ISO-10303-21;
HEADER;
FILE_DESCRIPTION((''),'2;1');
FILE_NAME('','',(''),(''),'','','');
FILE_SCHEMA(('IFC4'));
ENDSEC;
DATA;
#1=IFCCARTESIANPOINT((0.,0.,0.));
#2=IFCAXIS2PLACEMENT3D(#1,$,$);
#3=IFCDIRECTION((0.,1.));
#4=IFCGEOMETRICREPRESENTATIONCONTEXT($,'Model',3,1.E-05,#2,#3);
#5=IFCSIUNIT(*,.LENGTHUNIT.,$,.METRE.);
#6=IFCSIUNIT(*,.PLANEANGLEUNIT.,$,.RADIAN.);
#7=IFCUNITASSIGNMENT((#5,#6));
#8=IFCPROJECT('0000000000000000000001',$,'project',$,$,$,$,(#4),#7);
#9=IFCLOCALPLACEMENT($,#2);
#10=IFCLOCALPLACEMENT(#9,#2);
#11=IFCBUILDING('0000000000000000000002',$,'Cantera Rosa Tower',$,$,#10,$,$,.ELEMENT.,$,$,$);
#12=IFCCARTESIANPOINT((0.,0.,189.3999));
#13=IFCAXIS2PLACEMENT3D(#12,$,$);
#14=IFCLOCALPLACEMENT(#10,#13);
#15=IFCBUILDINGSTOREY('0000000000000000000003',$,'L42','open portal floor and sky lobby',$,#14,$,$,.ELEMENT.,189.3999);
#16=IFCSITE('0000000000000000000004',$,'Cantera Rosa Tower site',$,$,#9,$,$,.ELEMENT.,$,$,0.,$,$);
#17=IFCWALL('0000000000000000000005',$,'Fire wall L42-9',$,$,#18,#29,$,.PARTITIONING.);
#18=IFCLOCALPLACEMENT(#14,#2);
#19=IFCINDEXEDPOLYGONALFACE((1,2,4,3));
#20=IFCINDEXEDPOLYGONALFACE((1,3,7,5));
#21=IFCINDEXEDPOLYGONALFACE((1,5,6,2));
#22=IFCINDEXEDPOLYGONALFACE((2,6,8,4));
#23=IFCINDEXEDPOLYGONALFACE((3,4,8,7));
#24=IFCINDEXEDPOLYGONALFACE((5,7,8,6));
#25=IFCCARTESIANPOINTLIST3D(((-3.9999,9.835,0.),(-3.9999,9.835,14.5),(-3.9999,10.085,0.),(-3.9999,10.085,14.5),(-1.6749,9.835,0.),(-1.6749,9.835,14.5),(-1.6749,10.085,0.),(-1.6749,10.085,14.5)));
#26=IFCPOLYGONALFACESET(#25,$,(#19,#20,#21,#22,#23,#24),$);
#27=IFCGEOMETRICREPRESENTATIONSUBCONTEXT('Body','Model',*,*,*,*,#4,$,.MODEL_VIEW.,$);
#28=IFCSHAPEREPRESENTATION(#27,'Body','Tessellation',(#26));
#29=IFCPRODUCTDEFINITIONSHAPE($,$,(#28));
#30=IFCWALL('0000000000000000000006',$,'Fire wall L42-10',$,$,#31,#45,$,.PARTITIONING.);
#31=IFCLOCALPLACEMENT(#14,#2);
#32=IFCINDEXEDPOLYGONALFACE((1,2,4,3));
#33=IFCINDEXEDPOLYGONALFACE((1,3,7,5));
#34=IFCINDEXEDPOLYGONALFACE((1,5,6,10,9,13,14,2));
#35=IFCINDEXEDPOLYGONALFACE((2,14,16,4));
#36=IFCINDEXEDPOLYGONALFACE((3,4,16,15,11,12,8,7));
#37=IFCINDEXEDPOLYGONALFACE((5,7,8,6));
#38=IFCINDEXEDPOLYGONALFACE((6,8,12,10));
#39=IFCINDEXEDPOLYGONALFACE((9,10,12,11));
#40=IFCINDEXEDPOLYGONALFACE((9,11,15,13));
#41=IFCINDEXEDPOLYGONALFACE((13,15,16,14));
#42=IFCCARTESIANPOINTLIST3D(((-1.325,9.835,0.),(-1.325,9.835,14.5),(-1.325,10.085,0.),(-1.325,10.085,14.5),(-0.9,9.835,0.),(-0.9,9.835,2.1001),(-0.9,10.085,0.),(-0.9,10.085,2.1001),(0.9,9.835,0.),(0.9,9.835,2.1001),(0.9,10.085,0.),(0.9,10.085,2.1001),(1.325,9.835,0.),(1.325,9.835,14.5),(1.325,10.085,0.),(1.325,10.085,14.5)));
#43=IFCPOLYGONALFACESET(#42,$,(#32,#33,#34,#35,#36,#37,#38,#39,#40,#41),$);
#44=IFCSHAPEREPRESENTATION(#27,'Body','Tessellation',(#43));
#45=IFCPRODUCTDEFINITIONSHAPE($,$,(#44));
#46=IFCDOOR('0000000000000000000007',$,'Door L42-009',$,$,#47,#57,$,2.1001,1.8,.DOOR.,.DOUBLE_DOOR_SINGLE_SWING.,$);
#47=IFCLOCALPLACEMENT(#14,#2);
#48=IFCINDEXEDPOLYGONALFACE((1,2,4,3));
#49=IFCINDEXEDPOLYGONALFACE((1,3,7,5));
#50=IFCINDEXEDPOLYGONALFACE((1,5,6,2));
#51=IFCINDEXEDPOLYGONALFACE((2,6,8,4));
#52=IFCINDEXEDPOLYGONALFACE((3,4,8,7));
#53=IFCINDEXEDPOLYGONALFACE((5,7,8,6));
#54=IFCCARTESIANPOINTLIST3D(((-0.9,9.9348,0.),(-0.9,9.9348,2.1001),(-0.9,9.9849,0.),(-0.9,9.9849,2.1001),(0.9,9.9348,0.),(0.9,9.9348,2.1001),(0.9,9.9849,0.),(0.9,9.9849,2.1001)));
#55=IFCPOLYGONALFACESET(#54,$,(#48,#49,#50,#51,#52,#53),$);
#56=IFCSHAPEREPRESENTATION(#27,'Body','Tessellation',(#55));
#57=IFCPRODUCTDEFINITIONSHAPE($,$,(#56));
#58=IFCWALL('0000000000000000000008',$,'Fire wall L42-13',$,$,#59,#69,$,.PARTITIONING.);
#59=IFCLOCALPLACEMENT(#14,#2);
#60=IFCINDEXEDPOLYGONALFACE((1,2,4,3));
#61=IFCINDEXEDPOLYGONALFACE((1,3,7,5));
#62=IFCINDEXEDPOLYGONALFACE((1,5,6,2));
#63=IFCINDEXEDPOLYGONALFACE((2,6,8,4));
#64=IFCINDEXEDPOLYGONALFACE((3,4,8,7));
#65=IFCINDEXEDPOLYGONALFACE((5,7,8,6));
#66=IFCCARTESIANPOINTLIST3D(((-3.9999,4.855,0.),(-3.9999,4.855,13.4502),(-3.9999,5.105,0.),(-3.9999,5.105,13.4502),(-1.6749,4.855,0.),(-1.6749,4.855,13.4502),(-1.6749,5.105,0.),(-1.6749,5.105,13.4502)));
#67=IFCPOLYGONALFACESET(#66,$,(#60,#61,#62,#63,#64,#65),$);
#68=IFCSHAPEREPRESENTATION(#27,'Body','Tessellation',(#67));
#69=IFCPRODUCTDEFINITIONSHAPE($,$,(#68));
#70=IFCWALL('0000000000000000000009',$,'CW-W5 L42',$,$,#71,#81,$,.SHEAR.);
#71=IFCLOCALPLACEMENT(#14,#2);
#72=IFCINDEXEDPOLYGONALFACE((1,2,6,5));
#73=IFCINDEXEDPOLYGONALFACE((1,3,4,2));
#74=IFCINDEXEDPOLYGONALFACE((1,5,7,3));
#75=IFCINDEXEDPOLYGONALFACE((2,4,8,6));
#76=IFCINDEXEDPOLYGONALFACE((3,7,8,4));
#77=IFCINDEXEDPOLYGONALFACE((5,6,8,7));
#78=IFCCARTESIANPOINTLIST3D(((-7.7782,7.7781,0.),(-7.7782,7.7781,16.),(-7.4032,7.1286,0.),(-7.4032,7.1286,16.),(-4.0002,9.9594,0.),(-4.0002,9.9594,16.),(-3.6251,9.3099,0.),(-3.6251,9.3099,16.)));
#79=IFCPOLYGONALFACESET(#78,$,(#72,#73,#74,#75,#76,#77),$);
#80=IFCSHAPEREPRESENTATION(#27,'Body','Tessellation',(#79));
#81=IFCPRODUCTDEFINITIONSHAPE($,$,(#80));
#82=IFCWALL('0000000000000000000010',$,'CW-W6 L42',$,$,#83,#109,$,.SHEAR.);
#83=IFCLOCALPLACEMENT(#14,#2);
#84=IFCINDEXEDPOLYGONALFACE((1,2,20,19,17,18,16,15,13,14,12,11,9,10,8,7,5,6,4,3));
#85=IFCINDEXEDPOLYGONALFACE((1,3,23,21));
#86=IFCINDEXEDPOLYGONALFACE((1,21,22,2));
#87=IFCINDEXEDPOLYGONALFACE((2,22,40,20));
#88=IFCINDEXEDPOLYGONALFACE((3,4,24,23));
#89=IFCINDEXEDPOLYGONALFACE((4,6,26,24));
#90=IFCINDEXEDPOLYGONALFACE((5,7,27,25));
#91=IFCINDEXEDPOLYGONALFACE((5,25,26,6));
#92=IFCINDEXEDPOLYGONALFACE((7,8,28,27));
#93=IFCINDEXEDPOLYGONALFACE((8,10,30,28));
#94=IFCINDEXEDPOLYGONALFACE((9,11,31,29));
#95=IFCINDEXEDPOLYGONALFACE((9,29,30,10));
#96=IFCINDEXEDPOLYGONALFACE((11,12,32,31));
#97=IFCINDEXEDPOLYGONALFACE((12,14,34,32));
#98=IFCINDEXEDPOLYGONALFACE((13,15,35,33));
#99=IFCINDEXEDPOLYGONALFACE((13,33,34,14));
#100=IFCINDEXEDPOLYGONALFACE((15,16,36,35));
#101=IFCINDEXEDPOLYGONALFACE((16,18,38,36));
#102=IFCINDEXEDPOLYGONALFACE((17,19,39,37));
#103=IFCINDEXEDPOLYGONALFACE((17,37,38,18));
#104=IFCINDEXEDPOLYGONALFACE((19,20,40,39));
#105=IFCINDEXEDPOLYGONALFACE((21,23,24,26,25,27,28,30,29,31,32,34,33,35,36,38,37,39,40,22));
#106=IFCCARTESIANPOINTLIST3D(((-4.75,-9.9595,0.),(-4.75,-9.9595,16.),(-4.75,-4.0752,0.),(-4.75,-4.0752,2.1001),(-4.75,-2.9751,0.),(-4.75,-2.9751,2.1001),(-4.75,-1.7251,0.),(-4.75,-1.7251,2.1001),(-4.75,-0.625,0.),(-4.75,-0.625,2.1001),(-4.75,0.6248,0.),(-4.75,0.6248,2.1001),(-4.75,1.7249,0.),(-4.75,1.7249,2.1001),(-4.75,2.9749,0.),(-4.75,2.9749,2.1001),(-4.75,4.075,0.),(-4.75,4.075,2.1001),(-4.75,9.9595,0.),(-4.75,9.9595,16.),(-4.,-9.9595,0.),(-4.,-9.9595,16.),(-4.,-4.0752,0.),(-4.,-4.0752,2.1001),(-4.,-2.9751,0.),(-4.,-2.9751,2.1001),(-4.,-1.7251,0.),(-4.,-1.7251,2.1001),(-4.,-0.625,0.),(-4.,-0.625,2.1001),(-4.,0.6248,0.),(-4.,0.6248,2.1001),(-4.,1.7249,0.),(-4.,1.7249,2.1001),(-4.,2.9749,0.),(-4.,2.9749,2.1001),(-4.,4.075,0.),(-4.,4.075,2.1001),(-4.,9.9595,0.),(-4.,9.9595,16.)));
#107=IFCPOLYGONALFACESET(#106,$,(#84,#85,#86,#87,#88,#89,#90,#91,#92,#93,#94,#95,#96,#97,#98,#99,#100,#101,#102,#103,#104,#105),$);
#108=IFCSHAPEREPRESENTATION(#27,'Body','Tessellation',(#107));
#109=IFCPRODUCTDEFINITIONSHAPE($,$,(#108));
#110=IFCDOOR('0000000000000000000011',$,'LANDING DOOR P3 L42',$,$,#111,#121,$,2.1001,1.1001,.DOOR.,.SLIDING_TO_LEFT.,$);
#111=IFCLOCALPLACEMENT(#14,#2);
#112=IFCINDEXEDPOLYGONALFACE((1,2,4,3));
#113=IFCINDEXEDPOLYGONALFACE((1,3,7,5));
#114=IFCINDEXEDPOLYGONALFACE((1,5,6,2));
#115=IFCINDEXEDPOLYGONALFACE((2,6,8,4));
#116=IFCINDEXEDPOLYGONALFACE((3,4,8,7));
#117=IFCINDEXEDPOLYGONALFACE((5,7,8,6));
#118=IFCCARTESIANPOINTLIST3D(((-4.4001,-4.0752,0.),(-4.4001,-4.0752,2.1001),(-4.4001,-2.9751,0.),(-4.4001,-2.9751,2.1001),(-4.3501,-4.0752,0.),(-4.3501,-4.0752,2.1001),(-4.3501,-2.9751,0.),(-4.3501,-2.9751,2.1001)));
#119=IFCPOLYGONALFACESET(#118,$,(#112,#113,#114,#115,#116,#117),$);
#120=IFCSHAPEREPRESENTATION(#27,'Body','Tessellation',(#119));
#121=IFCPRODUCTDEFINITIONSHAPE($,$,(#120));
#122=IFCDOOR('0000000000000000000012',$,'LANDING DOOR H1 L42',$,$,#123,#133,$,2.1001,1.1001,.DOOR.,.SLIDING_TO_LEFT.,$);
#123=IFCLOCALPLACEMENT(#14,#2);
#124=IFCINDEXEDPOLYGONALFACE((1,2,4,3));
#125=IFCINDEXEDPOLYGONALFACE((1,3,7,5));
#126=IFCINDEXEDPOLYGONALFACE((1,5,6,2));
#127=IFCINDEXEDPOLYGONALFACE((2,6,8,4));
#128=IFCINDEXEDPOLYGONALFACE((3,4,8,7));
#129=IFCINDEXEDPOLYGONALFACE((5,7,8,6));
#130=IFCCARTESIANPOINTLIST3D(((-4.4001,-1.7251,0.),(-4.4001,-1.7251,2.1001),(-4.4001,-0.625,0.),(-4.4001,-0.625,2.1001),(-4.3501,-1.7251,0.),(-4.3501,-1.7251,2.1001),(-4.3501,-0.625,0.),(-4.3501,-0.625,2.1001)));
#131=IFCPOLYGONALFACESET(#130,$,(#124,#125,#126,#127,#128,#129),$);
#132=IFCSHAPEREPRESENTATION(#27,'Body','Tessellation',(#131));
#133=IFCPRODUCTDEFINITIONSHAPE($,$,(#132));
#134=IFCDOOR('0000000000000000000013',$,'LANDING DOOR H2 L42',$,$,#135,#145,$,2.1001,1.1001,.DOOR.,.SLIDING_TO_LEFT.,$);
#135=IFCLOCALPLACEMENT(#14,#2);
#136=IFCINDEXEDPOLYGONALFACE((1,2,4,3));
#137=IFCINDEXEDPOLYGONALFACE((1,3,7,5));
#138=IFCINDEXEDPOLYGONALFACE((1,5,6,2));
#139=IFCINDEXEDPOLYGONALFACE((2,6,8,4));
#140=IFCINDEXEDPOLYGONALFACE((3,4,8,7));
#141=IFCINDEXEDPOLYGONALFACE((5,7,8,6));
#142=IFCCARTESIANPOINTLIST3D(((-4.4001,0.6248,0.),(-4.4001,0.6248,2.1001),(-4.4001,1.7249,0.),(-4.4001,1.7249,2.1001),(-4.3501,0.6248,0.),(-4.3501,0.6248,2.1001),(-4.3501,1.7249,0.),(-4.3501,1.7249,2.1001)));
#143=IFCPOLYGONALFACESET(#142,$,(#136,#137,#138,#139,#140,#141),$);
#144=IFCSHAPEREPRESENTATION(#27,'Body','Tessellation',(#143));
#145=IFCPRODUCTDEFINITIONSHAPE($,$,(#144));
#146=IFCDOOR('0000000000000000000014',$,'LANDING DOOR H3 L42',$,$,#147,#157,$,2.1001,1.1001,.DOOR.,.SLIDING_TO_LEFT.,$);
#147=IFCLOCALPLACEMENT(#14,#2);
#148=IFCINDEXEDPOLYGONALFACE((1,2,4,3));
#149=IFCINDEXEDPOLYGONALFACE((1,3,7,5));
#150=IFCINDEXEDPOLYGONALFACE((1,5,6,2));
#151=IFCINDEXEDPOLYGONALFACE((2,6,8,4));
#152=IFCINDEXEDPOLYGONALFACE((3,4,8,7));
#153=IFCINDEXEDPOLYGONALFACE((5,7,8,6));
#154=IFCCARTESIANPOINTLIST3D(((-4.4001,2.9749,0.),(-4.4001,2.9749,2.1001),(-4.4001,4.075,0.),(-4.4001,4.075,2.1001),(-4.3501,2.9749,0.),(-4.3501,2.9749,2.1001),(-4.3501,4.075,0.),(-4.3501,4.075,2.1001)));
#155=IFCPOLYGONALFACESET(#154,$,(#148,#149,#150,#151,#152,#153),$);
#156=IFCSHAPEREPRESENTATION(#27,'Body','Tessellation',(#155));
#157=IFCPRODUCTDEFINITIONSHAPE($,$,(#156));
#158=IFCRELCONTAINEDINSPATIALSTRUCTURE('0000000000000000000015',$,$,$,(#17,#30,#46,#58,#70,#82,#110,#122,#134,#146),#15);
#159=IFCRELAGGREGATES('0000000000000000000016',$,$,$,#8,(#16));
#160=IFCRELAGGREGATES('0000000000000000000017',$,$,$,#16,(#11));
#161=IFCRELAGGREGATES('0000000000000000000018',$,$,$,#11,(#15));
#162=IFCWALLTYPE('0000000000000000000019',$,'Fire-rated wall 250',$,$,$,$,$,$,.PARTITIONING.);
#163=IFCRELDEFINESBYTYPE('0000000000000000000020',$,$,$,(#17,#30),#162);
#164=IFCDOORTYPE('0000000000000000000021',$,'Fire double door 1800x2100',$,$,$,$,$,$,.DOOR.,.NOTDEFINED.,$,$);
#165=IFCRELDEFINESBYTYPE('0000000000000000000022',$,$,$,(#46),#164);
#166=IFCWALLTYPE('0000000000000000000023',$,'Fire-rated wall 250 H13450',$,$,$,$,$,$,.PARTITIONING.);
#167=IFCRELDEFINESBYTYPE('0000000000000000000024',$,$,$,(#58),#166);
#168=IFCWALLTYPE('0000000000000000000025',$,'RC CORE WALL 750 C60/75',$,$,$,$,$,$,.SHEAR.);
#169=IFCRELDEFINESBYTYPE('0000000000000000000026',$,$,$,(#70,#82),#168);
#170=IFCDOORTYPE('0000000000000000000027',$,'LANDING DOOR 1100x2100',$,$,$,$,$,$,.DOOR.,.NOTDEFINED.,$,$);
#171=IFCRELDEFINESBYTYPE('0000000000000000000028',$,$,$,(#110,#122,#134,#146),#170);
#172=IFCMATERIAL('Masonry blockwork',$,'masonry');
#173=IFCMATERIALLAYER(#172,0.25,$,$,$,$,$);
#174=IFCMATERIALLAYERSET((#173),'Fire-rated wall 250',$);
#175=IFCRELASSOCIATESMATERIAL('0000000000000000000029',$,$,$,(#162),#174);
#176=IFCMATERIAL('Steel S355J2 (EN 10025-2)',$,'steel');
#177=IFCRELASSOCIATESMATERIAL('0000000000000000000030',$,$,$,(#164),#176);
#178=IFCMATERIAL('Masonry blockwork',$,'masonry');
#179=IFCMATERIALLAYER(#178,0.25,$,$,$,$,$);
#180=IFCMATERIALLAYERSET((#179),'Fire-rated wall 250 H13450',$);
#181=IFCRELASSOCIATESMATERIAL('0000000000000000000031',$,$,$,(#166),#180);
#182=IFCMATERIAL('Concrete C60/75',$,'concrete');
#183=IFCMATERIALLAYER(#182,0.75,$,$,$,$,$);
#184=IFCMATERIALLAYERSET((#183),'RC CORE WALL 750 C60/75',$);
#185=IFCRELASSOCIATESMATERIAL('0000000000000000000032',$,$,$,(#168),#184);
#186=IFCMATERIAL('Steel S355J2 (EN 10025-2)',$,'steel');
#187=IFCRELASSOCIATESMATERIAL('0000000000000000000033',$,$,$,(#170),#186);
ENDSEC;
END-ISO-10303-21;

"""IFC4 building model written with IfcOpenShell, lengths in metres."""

from ifc_helpers import new_model, si_unit, direction, frame, frame_2d, origin, place, context, subcontext, project, spatial, rectangle, extrude, material, layer, layer_set, type_object, element, fill, save


model = new_model("IFC4")

# Units and contexts
model_context = context("Model", 3, precision=1e-05, world=origin(), true_north=direction((0.0, 1.0)))
body_context = subcontext(model_context, "Body", "Model", "MODEL_VIEW")
ifc_project = project(units=[si_unit("LENGTHUNIT", "METRE"), si_unit("PLANEANGLEUNIT", "RADIAN")], contexts=[model_context])

# Site, building, storey
site_placement = place(None, origin())
site = spatial("IfcSite", under=ifc_project, at=site_placement, Name="Cantera Rosa Tower site", CompositionType="ELEMENT", RefElevation=0.0)
building_placement = place(site_placement, origin())
building = spatial("IfcBuilding", under=site, at=building_placement, Name="Cantera Rosa Tower", CompositionType="ELEMENT")
storey_placement = place(building_placement, frame((0.0, 0.0, 189.3999)))
storey = spatial("IfcBuildingStorey", under=building, at=storey_placement, Name="L42", Description="open portal floor and sky lobby", CompositionType="ELEMENT", Elevation=189.3999)

# Shared definitions
ifc_material_1 = material(Name="Masonry blockwork", Category="masonry")
ifc_layer_1 = layer(ifc_material_1, 0.25)
ifc_layer_set_1 = layer_set([ifc_layer_1], Name="Fire-rated wall 250")
wall_type_1 = type_object("IfcWallType", Name="Fire-rated wall 250", PredefinedType="PARTITIONING", material=ifc_layer_set_1)

# Wall
wall_1_placement = place(storey_placement, frame((-4.0, 9.96, 0.0), z_axis=(0.0, 0.0, 1.0), x_axis=(1.0, 0.0, 0.0)))
element("IfcWall", 1, at=wall_1_placement, inside=storey, type_object=wall_type_1, Name="Fire wall L42-9", PredefinedType="PARTITIONING", context=body_context, shape_type="SweptSolid", body=[
    extrude(rectangle(XDim=2.325, YDim=0.25, at=frame_2d((1.1626, 0.0))), origin(), (0.0, 0.0, 1.0), 14.5),
])

# Wall, opening, door
wall_2_placement = place(storey_placement, frame((-1.325, 9.96, 0.0), z_axis=(0.0, 0.0, 1.0), x_axis=(1.0, 0.0, 0.0)))
wall_2 = element("IfcWall", 2, at=wall_2_placement, inside=storey, type_object=wall_type_1, Name="Fire wall L42-10", PredefinedType="PARTITIONING", context=body_context, shape_type="SweptSolid", body=[
    extrude(rectangle(XDim=2.6499, YDim=0.25, at=frame_2d((1.325, 0.0))), origin(), (0.0, 0.0, 1.0), 14.5),
])
opening_1_placement = place(wall_2_placement, frame((0.425, 0.0, 0.0)))
opening_1 = element("IfcOpeningElement", 3, at=opening_1_placement, cuts=wall_2, PredefinedType="OPENING", context=body_context, shape_type="SweptSolid", body=[
    extrude(rectangle(XDim=1.8, YDim=2.1001, at=frame_2d((0.8999, 1.05))), frame((0.0, 0.135, 0.0), z_axis=(0.0, -1.0, 0.0), x_axis=(1.0, 0.0, 0.0)), (0.0, 0.0, 1.0), 0.27),
])
ifc_material_2 = material(Name="Steel S355J2 (EN 10025-2)", Category="steel")
door_type_1 = type_object("IfcDoorType", Name="Fire double door 1800x2100", OperationType="NOTDEFINED", PredefinedType="DOOR", material=ifc_material_2)
door_1_placement = place(opening_1_placement, origin())
door_1 = element("IfcDoor", 4, at=door_1_placement, inside=storey, type_object=door_type_1, Name="Door L42-009", OperationType="DOUBLE_DOOR_SINGLE_SWING", OverallHeight=2.1001, OverallWidth=1.8, PredefinedType="DOOR", context=body_context, shape_type="SweptSolid", body=[
    extrude(rectangle(XDim=1.8, YDim=2.1001, at=frame_2d((0.8999, 1.05))), frame((0.0, 0.0249, 0.0), z_axis=(0.0, -1.0, 0.0), x_axis=(1.0, 0.0, 0.0)), (0.0, 0.0, 1.0), 0.05),
])
fill(opening_1, door_1)

# Walls
ifc_material_3 = material(Name="Masonry blockwork", Category="masonry")
ifc_layer_2 = layer(ifc_material_3, 0.25)
ifc_layer_set_2 = layer_set([ifc_layer_2], Name="Fire-rated wall 250 H13450")
wall_type_2 = type_object("IfcWallType", Name="Fire-rated wall 250 H13450", PredefinedType="PARTITIONING", material=ifc_layer_set_2)
wall_3_placement = place(storey_placement, frame((-4.0, 4.98, 0.0), z_axis=(0.0, 0.0, 1.0), x_axis=(1.0, 0.0, 0.0)))
element("IfcWall", 5, at=wall_3_placement, inside=storey, type_object=wall_type_2, Name="Fire wall L42-13", PredefinedType="PARTITIONING", context=body_context, shape_type="SweptSolid", body=[
    extrude(rectangle(XDim=2.325, YDim=0.25, at=frame_2d((1.1626, 0.0))), origin(), (0.0, 0.0, 1.0), 13.4502),
])
ifc_material_4 = material(Name="Concrete C60/75", Category="concrete")
ifc_layer_3 = layer(ifc_material_4, 0.75)
ifc_layer_set_3 = layer_set([ifc_layer_3], Name="RC CORE WALL 750 C60/75")
wall_type_3 = type_object("IfcWallType", Name="RC CORE WALL 750 C60/75", PredefinedType="SHEAR", material=ifc_layer_set_3)
wall_4_placement = place(storey_placement, frame((-7.5906, 7.4534, 0.0), z_axis=(0.0, 0.0, 1.0), x_axis=(0.866013, 0.500021, 0.0)))
element("IfcWall", 6, at=wall_4_placement, inside=storey, type_object=wall_type_3, Name="CW-W5 L42", PredefinedType="SHEAR", context=body_context, shape_type="SweptSolid", body=[
    extrude(rectangle(XDim=4.3625, YDim=0.75, at=frame_2d((2.1812, 0.0))), origin(), (0.0, 0.0, 1.0), 16.0),
])

# Wall, openings, doors
wall_5_placement = place(storey_placement, frame((-4.375, 9.9595, 0.0), z_axis=(0.0, 0.0, 1.0), x_axis=(0.0, -1.0, 0.0)))
wall_5 = element("IfcWall", 7, at=wall_5_placement, inside=storey, type_object=wall_type_3, Name="CW-W6 L42", PredefinedType="SHEAR", context=body_context, shape_type="SweptSolid", body=[
    extrude(rectangle(XDim=19.9189, YDim=0.75, at=frame_2d((9.9595, 0.0))), origin(), (0.0, 0.0, 1.0), 16.0),
])
opening_2_placement = place(wall_5_placement, frame((12.9346, 0.0, 0.0)))
opening_2 = element("IfcOpeningElement", 8, at=opening_2_placement, cuts=wall_5, PredefinedType="OPENING", context=body_context, shape_type="SweptSolid", body=[
    extrude(rectangle(XDim=1.1001, YDim=2.1001, at=frame_2d((0.55, 1.05))), frame((0.0, 0.385, 0.0), z_axis=(0.0, -1.0, 0.0), x_axis=(1.0, 0.0, 0.0)), (0.0, 0.0, 1.0), 0.77),
])
opening_3_placement = place(wall_5_placement, frame((10.5845, 0.0, 0.0)))
opening_3 = element("IfcOpeningElement", 9, at=opening_3_placement, cuts=wall_5, PredefinedType="OPENING", context=body_context, shape_type="SweptSolid", body=[
    extrude(rectangle(XDim=1.1001, YDim=2.1001, at=frame_2d((0.55, 1.05))), frame((0.0, 0.385, 0.0), z_axis=(0.0, -1.0, 0.0), x_axis=(1.0, 0.0, 0.0)), (0.0, 0.0, 1.0), 0.77),
])
opening_4_placement = place(wall_5_placement, frame((8.2346, 0.0, 0.0)))
opening_4 = element("IfcOpeningElement", 10, at=opening_4_placement, cuts=wall_5, PredefinedType="OPENING", context=body_context, shape_type="SweptSolid", body=[
    extrude(rectangle(XDim=1.1001, YDim=2.1001, at=frame_2d((0.55, 1.05))), frame((0.0, 0.385, 0.0), z_axis=(0.0, -1.0, 0.0), x_axis=(1.0, 0.0, 0.0)), (0.0, 0.0, 1.0), 0.77),
])
opening_5_placement = place(wall_5_placement, frame((5.8845, 0.0, 0.0)))
opening_5 = element("IfcOpeningElement", 11, at=opening_5_placement, cuts=wall_5, PredefinedType="OPENING", context=body_context, shape_type="SweptSolid", body=[
    extrude(rectangle(XDim=1.1001, YDim=2.1001, at=frame_2d((0.55, 1.05))), frame((0.0, 0.385, 0.0), z_axis=(0.0, -1.0, 0.0), x_axis=(1.0, 0.0, 0.0)), (0.0, 0.0, 1.0), 0.77),
])
ifc_material_5 = material(Name="Steel S355J2 (EN 10025-2)", Category="steel")
door_type_2 = type_object("IfcDoorType", Name="LANDING DOOR 1100x2100", OperationType="NOTDEFINED", PredefinedType="DOOR", material=ifc_material_5)
door_2_placement = place(opening_2_placement, origin())
door_2 = element("IfcDoor", 12, at=door_2_placement, inside=storey, type_object=door_type_2, Name="LANDING DOOR P3 L42", OperationType="SLIDING_TO_LEFT", OverallHeight=2.1001, OverallWidth=1.1001, PredefinedType="DOOR", context=body_context, shape_type="SweptSolid", body=[
    extrude(rectangle(XDim=1.1001, YDim=2.1001, at=frame_2d((0.55, 1.05))), frame((0.0, 0.0249, 0.0), z_axis=(0.0, -1.0, 0.0), x_axis=(1.0, 0.0, 0.0)), (0.0, 0.0, 1.0), 0.05),
])
fill(opening_2, door_2)
door_3_placement = place(opening_3_placement, origin())
door_3 = element("IfcDoor", 13, at=door_3_placement, inside=storey, type_object=door_type_2, Name="LANDING DOOR H1 L42", OperationType="SLIDING_TO_LEFT", OverallHeight=2.1001, OverallWidth=1.1001, PredefinedType="DOOR", context=body_context, shape_type="SweptSolid", body=[
    extrude(rectangle(XDim=1.1001, YDim=2.1001, at=frame_2d((0.55, 1.05))), frame((0.0, 0.0249, 0.0), z_axis=(0.0, -1.0, 0.0), x_axis=(1.0, 0.0, 0.0)), (0.0, 0.0, 1.0), 0.05),
])
fill(opening_3, door_3)
door_4_placement = place(opening_4_placement, origin())
door_4 = element("IfcDoor", 14, at=door_4_placement, inside=storey, type_object=door_type_2, Name="LANDING DOOR H2 L42", OperationType="SLIDING_TO_LEFT", OverallHeight=2.1001, OverallWidth=1.1001, PredefinedType="DOOR", context=body_context, shape_type="SweptSolid", body=[
    extrude(rectangle(XDim=1.1001, YDim=2.1001, at=frame_2d((0.55, 1.05))), frame((0.0, 0.0249, 0.0), z_axis=(0.0, -1.0, 0.0), x_axis=(1.0, 0.0, 0.0)), (0.0, 0.0, 1.0), 0.05),
])
fill(opening_4, door_4)
door_5_placement = place(opening_5_placement, origin())
door_5 = element("IfcDoor", 15, at=door_5_placement, inside=storey, type_object=door_type_2, Name="LANDING DOOR H3 L42", OperationType="SLIDING_TO_LEFT", OverallHeight=2.1001, OverallWidth=1.1001, PredefinedType="DOOR", context=body_context, shape_type="SweptSolid", body=[
    extrude(rectangle(XDim=1.1001, YDim=2.1001, at=frame_2d((0.55, 1.05))), frame((0.0, 0.0249, 0.0), z_axis=(0.0, -1.0, 0.0), x_axis=(1.0, 0.0, 0.0)), (0.0, 0.0, 1.0), 0.05),
])
fill(opening_5, door_5)

save(model, "model.ifc")
